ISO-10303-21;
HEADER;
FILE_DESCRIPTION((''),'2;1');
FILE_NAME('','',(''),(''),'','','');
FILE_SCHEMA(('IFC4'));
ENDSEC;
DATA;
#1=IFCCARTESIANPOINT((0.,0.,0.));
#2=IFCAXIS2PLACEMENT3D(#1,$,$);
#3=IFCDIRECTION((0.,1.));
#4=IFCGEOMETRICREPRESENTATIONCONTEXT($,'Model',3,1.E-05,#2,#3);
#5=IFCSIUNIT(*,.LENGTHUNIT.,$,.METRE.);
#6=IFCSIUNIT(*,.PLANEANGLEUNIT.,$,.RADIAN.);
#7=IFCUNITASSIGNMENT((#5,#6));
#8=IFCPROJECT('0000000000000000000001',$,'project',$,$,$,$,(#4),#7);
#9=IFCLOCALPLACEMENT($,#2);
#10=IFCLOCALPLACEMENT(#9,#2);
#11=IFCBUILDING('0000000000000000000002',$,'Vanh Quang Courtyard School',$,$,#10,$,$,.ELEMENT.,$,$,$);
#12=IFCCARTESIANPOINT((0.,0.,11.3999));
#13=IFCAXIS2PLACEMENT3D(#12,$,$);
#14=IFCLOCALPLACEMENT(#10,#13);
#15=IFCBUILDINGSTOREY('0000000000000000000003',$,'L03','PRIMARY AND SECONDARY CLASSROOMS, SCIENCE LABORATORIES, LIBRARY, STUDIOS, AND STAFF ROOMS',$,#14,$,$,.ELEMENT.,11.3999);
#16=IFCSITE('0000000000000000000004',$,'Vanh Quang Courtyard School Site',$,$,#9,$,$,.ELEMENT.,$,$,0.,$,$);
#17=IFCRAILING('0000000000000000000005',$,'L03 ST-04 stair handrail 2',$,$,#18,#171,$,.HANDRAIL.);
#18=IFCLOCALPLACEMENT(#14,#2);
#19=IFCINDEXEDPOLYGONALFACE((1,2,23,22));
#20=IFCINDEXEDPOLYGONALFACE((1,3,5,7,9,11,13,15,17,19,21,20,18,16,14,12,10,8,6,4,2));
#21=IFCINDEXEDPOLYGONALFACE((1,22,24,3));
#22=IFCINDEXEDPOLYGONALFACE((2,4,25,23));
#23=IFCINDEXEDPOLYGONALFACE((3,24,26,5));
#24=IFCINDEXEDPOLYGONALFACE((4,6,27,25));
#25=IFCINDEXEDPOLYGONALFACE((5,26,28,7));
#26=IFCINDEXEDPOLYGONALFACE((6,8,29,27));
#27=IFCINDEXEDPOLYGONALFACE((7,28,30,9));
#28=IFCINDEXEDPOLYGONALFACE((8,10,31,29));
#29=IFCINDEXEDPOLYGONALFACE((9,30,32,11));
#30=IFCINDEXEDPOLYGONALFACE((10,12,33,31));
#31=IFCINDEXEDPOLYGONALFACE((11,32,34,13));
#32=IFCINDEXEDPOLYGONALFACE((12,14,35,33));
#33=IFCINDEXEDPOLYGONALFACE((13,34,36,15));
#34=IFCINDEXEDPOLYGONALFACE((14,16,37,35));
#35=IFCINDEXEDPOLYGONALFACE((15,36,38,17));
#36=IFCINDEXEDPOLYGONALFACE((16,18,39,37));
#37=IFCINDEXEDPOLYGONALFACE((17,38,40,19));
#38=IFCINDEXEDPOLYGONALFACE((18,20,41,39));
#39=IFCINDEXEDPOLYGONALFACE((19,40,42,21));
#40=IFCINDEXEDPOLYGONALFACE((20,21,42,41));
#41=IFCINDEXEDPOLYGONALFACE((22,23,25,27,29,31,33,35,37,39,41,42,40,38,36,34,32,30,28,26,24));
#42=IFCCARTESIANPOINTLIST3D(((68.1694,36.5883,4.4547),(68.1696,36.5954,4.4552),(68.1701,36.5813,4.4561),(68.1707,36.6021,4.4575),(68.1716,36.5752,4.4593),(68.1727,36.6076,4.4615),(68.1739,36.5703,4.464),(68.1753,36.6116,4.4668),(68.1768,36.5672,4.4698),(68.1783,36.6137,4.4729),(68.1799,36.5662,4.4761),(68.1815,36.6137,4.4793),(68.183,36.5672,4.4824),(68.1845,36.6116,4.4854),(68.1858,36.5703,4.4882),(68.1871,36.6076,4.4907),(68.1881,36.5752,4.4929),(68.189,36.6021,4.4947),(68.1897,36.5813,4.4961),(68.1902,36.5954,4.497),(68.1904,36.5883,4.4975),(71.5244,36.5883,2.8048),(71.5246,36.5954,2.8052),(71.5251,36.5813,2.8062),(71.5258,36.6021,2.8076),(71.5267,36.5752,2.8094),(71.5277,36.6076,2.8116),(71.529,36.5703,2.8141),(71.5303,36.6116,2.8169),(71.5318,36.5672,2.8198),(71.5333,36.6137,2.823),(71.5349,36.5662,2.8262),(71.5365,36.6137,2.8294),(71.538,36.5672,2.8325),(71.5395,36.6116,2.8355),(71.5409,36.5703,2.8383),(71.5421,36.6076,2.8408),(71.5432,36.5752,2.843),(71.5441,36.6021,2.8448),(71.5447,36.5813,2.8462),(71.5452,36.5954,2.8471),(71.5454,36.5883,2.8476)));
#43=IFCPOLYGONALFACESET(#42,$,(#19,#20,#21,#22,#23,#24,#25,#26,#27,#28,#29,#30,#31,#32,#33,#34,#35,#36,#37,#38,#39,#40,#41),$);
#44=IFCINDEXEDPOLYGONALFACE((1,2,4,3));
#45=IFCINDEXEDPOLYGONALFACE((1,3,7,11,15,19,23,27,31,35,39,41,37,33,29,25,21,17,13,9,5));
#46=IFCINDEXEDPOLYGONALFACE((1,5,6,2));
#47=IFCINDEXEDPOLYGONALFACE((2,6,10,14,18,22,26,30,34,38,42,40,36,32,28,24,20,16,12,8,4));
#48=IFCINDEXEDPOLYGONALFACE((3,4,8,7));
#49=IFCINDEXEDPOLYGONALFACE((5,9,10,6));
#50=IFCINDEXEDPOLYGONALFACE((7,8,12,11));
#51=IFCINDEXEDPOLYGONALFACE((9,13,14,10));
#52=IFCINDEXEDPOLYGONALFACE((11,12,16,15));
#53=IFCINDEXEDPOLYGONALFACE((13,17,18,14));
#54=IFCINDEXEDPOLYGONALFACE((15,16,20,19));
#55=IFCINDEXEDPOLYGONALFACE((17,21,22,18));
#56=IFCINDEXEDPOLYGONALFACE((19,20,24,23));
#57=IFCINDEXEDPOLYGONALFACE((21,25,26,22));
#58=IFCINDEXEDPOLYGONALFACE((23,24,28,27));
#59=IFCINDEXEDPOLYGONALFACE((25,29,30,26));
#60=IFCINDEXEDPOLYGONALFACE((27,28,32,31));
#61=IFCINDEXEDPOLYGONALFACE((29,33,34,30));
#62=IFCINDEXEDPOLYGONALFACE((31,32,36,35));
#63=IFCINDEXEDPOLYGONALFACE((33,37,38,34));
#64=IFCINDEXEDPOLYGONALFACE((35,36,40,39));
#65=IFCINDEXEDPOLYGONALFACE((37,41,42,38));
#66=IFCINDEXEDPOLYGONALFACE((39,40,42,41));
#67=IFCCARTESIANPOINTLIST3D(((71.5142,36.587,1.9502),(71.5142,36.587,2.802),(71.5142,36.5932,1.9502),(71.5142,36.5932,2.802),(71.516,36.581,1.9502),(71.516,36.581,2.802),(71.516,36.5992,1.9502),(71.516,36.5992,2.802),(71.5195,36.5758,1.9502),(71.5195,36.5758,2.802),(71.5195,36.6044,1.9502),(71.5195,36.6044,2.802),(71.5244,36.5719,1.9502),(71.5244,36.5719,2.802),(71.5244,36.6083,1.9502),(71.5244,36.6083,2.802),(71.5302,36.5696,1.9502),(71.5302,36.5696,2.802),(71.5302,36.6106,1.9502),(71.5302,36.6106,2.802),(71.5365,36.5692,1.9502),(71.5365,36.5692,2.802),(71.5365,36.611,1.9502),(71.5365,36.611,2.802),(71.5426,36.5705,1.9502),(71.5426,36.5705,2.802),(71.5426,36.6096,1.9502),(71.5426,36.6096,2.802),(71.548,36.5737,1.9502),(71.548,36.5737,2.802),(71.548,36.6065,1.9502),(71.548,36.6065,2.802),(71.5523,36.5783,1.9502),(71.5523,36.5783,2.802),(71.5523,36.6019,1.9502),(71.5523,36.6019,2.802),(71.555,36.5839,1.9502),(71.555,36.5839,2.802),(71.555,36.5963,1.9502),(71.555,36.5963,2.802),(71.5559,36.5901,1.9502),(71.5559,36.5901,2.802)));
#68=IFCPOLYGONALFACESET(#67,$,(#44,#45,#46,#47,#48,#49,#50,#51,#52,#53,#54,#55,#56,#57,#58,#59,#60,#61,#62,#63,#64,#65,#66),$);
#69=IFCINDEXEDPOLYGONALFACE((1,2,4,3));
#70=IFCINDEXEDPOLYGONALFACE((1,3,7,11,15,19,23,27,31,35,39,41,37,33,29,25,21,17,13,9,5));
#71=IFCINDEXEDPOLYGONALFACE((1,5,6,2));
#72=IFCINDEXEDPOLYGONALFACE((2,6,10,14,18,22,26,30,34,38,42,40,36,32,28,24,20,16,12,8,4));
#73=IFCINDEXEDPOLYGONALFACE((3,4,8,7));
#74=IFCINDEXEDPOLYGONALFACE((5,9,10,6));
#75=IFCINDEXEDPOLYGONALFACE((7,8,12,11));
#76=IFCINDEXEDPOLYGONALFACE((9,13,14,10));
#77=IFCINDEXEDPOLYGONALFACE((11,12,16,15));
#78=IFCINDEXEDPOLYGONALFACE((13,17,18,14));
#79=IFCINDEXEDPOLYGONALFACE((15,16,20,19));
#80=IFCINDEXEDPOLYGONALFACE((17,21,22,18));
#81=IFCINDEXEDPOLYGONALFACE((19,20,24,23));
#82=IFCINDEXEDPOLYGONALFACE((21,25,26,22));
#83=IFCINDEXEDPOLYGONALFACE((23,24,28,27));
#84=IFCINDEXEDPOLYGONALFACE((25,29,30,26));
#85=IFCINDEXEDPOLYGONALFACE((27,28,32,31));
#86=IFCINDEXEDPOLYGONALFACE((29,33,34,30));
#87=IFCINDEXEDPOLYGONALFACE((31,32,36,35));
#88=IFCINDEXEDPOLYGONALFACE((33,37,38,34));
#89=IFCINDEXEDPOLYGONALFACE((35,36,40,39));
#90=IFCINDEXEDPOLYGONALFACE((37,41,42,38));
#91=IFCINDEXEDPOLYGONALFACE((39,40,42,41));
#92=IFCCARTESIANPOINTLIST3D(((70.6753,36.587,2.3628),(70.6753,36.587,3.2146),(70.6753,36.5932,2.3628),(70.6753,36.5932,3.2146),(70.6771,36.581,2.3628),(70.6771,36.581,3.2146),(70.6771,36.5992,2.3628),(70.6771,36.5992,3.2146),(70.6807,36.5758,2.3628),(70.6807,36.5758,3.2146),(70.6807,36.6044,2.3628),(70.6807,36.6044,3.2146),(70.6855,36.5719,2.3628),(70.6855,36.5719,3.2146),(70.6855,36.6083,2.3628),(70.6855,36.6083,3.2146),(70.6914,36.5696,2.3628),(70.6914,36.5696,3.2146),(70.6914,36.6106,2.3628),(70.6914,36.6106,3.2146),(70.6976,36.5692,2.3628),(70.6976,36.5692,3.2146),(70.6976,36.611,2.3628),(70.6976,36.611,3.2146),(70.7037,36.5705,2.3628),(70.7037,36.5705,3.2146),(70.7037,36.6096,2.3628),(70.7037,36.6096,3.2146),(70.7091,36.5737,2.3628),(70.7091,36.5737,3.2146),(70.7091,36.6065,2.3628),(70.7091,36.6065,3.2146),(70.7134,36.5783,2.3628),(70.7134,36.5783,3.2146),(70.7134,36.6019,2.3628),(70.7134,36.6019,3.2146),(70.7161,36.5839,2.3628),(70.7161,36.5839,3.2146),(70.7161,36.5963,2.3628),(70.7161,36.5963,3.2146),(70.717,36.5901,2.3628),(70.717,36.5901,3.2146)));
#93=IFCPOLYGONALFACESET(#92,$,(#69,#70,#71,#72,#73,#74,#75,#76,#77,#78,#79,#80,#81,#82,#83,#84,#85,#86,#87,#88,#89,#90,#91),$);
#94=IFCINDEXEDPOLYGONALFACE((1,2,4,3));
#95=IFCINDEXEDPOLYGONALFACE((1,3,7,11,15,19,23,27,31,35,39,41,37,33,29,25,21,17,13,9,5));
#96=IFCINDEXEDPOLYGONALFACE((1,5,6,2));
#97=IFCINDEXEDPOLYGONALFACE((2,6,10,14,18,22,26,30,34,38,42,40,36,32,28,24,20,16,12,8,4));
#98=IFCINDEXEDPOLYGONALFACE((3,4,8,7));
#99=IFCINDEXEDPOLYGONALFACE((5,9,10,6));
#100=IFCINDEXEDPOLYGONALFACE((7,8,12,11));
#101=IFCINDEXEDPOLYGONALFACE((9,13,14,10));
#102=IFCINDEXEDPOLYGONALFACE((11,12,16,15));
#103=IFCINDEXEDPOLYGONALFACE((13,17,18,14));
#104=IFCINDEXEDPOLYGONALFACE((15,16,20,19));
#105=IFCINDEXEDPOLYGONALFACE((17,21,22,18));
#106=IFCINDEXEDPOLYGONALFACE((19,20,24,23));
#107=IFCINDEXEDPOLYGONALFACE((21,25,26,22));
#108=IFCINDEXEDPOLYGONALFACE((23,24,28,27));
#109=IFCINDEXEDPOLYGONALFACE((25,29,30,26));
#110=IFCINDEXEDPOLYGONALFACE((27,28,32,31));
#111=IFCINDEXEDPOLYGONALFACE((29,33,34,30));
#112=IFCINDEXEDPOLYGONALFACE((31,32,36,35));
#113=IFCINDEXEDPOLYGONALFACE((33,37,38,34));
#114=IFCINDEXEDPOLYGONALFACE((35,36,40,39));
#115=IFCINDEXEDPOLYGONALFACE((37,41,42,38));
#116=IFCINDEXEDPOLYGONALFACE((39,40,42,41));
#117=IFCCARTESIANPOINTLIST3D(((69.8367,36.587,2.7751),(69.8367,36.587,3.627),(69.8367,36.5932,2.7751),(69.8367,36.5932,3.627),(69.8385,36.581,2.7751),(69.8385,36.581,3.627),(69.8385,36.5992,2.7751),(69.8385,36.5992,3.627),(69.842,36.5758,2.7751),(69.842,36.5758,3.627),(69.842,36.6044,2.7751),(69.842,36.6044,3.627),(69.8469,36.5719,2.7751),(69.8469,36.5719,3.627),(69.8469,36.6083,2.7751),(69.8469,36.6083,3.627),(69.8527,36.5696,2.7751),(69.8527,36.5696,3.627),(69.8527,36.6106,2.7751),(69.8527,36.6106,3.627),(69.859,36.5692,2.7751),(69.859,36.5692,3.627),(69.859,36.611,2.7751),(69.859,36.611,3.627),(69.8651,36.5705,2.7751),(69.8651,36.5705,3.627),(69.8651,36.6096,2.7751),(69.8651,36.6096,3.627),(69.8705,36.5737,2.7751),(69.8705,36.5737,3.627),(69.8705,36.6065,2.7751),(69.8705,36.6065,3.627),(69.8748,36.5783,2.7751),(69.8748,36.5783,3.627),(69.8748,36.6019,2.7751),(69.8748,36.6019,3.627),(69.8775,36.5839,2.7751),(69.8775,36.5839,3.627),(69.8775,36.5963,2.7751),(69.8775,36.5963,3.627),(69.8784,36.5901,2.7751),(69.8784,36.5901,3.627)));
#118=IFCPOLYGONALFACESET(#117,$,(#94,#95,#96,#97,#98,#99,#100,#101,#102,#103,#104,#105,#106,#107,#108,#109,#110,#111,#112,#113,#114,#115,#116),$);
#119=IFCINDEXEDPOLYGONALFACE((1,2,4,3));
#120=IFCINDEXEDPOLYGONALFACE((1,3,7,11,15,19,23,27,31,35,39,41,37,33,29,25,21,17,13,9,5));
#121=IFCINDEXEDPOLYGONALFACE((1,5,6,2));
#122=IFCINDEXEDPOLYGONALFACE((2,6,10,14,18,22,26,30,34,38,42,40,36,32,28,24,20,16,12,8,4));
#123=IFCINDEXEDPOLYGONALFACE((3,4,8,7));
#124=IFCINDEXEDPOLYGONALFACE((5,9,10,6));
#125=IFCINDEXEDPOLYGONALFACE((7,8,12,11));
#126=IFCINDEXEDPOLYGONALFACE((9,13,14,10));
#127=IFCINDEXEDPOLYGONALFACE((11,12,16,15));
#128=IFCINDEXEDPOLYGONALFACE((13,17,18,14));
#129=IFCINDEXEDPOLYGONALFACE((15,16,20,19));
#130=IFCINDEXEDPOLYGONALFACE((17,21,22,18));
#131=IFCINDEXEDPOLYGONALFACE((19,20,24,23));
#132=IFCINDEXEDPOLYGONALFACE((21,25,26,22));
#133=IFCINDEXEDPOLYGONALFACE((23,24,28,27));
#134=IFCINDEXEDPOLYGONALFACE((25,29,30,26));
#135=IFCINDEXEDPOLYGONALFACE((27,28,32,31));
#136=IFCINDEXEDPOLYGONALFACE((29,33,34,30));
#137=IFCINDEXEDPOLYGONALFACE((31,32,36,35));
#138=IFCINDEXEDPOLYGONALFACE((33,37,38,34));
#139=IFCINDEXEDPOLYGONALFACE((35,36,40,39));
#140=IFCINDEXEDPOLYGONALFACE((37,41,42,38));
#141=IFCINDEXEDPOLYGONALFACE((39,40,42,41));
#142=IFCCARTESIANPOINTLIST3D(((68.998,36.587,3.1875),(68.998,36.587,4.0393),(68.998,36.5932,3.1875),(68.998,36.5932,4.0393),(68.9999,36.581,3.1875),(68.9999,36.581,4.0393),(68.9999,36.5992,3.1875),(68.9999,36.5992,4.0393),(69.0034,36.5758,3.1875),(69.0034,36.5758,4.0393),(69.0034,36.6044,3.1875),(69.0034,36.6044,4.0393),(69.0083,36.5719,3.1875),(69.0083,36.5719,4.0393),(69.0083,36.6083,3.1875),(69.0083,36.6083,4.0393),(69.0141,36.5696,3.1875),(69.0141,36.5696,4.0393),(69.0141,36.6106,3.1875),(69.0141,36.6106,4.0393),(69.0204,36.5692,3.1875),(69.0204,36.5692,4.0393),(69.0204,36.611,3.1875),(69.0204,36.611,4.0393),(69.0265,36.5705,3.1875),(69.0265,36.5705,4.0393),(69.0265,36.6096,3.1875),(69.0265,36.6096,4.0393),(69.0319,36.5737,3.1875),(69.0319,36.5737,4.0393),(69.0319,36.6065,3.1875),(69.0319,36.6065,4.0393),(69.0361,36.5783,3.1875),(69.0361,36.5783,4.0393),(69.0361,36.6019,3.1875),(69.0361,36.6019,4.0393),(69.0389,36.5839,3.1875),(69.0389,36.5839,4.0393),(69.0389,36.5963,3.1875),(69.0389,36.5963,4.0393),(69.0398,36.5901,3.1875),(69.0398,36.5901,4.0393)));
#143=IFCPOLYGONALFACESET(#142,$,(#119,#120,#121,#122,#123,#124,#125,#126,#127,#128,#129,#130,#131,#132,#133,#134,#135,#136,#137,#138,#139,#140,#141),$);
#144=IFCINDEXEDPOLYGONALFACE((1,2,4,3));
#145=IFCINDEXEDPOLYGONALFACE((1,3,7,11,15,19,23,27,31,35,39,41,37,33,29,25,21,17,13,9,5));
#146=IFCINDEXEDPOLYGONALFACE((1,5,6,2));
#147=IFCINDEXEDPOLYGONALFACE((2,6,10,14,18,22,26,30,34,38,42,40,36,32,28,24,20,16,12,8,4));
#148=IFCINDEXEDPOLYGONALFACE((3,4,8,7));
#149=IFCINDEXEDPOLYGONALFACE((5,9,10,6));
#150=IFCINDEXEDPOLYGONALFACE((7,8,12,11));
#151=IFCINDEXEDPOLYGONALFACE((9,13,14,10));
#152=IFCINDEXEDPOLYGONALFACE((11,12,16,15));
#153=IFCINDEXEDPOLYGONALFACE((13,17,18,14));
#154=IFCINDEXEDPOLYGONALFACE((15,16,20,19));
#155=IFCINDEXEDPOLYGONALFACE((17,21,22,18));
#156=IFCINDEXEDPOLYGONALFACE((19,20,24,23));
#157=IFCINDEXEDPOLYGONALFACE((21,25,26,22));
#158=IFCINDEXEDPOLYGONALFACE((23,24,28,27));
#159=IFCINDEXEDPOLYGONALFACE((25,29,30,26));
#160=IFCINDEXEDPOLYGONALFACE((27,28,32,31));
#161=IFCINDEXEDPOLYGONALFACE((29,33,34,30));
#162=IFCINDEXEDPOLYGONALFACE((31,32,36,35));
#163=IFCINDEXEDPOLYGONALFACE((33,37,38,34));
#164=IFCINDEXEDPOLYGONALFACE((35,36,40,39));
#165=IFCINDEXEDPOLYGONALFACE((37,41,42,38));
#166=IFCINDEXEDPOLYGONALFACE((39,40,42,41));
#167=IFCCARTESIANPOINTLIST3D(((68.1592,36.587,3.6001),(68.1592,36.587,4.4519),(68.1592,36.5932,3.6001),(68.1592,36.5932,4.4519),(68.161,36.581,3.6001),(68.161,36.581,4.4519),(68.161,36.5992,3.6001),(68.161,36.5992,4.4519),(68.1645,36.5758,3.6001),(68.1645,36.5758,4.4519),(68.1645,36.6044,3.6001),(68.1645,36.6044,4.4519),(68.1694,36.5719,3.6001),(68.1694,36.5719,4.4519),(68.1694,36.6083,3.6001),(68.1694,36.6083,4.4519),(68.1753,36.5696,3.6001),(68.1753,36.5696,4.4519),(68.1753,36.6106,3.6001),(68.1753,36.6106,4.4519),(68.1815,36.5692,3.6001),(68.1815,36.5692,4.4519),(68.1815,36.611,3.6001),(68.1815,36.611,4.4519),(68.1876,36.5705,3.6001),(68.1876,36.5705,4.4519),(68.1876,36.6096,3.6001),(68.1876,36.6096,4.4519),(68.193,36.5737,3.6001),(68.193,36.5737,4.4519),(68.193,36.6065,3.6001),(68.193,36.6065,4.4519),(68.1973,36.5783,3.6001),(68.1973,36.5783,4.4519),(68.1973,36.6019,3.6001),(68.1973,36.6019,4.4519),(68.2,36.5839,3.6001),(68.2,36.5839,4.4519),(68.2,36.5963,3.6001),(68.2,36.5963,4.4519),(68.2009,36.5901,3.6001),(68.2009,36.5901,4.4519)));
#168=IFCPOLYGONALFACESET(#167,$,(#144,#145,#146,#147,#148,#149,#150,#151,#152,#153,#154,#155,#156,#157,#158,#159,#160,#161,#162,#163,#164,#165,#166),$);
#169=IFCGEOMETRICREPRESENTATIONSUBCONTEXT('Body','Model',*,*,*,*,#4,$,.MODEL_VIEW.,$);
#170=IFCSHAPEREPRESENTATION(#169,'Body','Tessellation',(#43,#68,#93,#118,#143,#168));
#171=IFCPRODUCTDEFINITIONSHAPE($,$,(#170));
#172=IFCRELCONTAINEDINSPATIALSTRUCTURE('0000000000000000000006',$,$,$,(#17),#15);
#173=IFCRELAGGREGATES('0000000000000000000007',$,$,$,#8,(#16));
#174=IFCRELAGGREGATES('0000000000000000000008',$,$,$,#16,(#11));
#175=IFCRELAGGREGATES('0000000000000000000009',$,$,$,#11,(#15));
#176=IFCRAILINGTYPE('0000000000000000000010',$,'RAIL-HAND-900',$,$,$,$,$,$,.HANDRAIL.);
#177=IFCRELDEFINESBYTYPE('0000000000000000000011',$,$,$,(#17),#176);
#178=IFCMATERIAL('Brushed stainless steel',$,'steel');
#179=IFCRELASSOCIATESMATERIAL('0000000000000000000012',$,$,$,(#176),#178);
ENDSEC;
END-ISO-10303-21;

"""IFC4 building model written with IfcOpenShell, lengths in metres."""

from ifc_helpers import new_model, si_unit, direction, frame, origin, origin_2d, place, context, subcontext, project, spatial, circle, extrude, material, type_object, element, save


model = new_model("IFC4")

# Units and contexts
model_context = context("Model", 3, precision=1e-05, world=origin(), true_north=direction((0.0, 1.0)))
body_context = subcontext(model_context, "Body", "Model", "MODEL_VIEW")
ifc_project = project(units=[si_unit("LENGTHUNIT", "METRE"), si_unit("PLANEANGLEUNIT", "RADIAN")], contexts=[model_context])

# Site, building, storey
site_placement = place(None, origin())
site = spatial("IfcSite", under=ifc_project, at=site_placement, Name="Vanh Quang Courtyard School Site", CompositionType="ELEMENT", RefElevation=0.0)
building_placement = place(site_placement, origin())
building = spatial("IfcBuilding", under=site, at=building_placement, Name="Vanh Quang Courtyard School", CompositionType="ELEMENT")
storey_placement = place(building_placement, frame((0.0, 0.0, 11.3999)))
storey = spatial("IfcBuildingStorey", under=building, at=storey_placement, Name="L03", Description="PRIMARY AND SECONDARY CLASSROOMS, SCIENCE LABORATORIES, LIBRARY, STUDIOS, AND STAFF ROOMS", CompositionType="ELEMENT", Elevation=11.3999)

# Railing
ifc_material_1 = material(Name="Brushed stainless steel", Category="steel")
railing_type = type_object("IfcRailingType", Name="RAIL-HAND-900", PredefinedType="HANDRAIL", material=ifc_material_1)
railing_placement = place(storey_placement, frame((71.5349, 36.5901, 1.9502)))
element("IfcRailing", 1, at=railing_placement, inside=storey, type_object=railing_type, Name="L03 ST-04 stair handrail 2", PredefinedType="HANDRAIL", context=body_context, shape_type="SweptSolid", body=[
    extrude(circle(Radius=0.0239, at=origin_2d()), frame((0.0, 0.0, 0.876), z_axis=(-0.897359, 0.0, 0.441301), x_axis=(0.0, -1.0, 0.0)), (0.0, 0.0, 1.0), 3.7388),
    extrude(circle(Radius=0.021, at=origin_2d()), origin(), (0.0, 0.0, 1.0), 0.8518),
    extrude(circle(Radius=0.021, at=origin_2d()), frame((-0.8389, 0.0, 0.4126)), (0.0, 0.0, 1.0), 0.8518),
    extrude(circle(Radius=0.021, at=origin_2d()), frame((-1.6775, 0.0, 0.825)), (0.0, 0.0, 1.0), 0.8518),
    extrude(circle(Radius=0.021, at=origin_2d()), frame((-2.5161, 0.0, 1.2373)), (0.0, 0.0, 1.0), 0.8518),
    extrude(circle(Radius=0.021, at=origin_2d()), frame((-3.355, 0.0, 1.6499)), (0.0, 0.0, 1.0), 0.8518),
])

save(model, "model.ifc")
